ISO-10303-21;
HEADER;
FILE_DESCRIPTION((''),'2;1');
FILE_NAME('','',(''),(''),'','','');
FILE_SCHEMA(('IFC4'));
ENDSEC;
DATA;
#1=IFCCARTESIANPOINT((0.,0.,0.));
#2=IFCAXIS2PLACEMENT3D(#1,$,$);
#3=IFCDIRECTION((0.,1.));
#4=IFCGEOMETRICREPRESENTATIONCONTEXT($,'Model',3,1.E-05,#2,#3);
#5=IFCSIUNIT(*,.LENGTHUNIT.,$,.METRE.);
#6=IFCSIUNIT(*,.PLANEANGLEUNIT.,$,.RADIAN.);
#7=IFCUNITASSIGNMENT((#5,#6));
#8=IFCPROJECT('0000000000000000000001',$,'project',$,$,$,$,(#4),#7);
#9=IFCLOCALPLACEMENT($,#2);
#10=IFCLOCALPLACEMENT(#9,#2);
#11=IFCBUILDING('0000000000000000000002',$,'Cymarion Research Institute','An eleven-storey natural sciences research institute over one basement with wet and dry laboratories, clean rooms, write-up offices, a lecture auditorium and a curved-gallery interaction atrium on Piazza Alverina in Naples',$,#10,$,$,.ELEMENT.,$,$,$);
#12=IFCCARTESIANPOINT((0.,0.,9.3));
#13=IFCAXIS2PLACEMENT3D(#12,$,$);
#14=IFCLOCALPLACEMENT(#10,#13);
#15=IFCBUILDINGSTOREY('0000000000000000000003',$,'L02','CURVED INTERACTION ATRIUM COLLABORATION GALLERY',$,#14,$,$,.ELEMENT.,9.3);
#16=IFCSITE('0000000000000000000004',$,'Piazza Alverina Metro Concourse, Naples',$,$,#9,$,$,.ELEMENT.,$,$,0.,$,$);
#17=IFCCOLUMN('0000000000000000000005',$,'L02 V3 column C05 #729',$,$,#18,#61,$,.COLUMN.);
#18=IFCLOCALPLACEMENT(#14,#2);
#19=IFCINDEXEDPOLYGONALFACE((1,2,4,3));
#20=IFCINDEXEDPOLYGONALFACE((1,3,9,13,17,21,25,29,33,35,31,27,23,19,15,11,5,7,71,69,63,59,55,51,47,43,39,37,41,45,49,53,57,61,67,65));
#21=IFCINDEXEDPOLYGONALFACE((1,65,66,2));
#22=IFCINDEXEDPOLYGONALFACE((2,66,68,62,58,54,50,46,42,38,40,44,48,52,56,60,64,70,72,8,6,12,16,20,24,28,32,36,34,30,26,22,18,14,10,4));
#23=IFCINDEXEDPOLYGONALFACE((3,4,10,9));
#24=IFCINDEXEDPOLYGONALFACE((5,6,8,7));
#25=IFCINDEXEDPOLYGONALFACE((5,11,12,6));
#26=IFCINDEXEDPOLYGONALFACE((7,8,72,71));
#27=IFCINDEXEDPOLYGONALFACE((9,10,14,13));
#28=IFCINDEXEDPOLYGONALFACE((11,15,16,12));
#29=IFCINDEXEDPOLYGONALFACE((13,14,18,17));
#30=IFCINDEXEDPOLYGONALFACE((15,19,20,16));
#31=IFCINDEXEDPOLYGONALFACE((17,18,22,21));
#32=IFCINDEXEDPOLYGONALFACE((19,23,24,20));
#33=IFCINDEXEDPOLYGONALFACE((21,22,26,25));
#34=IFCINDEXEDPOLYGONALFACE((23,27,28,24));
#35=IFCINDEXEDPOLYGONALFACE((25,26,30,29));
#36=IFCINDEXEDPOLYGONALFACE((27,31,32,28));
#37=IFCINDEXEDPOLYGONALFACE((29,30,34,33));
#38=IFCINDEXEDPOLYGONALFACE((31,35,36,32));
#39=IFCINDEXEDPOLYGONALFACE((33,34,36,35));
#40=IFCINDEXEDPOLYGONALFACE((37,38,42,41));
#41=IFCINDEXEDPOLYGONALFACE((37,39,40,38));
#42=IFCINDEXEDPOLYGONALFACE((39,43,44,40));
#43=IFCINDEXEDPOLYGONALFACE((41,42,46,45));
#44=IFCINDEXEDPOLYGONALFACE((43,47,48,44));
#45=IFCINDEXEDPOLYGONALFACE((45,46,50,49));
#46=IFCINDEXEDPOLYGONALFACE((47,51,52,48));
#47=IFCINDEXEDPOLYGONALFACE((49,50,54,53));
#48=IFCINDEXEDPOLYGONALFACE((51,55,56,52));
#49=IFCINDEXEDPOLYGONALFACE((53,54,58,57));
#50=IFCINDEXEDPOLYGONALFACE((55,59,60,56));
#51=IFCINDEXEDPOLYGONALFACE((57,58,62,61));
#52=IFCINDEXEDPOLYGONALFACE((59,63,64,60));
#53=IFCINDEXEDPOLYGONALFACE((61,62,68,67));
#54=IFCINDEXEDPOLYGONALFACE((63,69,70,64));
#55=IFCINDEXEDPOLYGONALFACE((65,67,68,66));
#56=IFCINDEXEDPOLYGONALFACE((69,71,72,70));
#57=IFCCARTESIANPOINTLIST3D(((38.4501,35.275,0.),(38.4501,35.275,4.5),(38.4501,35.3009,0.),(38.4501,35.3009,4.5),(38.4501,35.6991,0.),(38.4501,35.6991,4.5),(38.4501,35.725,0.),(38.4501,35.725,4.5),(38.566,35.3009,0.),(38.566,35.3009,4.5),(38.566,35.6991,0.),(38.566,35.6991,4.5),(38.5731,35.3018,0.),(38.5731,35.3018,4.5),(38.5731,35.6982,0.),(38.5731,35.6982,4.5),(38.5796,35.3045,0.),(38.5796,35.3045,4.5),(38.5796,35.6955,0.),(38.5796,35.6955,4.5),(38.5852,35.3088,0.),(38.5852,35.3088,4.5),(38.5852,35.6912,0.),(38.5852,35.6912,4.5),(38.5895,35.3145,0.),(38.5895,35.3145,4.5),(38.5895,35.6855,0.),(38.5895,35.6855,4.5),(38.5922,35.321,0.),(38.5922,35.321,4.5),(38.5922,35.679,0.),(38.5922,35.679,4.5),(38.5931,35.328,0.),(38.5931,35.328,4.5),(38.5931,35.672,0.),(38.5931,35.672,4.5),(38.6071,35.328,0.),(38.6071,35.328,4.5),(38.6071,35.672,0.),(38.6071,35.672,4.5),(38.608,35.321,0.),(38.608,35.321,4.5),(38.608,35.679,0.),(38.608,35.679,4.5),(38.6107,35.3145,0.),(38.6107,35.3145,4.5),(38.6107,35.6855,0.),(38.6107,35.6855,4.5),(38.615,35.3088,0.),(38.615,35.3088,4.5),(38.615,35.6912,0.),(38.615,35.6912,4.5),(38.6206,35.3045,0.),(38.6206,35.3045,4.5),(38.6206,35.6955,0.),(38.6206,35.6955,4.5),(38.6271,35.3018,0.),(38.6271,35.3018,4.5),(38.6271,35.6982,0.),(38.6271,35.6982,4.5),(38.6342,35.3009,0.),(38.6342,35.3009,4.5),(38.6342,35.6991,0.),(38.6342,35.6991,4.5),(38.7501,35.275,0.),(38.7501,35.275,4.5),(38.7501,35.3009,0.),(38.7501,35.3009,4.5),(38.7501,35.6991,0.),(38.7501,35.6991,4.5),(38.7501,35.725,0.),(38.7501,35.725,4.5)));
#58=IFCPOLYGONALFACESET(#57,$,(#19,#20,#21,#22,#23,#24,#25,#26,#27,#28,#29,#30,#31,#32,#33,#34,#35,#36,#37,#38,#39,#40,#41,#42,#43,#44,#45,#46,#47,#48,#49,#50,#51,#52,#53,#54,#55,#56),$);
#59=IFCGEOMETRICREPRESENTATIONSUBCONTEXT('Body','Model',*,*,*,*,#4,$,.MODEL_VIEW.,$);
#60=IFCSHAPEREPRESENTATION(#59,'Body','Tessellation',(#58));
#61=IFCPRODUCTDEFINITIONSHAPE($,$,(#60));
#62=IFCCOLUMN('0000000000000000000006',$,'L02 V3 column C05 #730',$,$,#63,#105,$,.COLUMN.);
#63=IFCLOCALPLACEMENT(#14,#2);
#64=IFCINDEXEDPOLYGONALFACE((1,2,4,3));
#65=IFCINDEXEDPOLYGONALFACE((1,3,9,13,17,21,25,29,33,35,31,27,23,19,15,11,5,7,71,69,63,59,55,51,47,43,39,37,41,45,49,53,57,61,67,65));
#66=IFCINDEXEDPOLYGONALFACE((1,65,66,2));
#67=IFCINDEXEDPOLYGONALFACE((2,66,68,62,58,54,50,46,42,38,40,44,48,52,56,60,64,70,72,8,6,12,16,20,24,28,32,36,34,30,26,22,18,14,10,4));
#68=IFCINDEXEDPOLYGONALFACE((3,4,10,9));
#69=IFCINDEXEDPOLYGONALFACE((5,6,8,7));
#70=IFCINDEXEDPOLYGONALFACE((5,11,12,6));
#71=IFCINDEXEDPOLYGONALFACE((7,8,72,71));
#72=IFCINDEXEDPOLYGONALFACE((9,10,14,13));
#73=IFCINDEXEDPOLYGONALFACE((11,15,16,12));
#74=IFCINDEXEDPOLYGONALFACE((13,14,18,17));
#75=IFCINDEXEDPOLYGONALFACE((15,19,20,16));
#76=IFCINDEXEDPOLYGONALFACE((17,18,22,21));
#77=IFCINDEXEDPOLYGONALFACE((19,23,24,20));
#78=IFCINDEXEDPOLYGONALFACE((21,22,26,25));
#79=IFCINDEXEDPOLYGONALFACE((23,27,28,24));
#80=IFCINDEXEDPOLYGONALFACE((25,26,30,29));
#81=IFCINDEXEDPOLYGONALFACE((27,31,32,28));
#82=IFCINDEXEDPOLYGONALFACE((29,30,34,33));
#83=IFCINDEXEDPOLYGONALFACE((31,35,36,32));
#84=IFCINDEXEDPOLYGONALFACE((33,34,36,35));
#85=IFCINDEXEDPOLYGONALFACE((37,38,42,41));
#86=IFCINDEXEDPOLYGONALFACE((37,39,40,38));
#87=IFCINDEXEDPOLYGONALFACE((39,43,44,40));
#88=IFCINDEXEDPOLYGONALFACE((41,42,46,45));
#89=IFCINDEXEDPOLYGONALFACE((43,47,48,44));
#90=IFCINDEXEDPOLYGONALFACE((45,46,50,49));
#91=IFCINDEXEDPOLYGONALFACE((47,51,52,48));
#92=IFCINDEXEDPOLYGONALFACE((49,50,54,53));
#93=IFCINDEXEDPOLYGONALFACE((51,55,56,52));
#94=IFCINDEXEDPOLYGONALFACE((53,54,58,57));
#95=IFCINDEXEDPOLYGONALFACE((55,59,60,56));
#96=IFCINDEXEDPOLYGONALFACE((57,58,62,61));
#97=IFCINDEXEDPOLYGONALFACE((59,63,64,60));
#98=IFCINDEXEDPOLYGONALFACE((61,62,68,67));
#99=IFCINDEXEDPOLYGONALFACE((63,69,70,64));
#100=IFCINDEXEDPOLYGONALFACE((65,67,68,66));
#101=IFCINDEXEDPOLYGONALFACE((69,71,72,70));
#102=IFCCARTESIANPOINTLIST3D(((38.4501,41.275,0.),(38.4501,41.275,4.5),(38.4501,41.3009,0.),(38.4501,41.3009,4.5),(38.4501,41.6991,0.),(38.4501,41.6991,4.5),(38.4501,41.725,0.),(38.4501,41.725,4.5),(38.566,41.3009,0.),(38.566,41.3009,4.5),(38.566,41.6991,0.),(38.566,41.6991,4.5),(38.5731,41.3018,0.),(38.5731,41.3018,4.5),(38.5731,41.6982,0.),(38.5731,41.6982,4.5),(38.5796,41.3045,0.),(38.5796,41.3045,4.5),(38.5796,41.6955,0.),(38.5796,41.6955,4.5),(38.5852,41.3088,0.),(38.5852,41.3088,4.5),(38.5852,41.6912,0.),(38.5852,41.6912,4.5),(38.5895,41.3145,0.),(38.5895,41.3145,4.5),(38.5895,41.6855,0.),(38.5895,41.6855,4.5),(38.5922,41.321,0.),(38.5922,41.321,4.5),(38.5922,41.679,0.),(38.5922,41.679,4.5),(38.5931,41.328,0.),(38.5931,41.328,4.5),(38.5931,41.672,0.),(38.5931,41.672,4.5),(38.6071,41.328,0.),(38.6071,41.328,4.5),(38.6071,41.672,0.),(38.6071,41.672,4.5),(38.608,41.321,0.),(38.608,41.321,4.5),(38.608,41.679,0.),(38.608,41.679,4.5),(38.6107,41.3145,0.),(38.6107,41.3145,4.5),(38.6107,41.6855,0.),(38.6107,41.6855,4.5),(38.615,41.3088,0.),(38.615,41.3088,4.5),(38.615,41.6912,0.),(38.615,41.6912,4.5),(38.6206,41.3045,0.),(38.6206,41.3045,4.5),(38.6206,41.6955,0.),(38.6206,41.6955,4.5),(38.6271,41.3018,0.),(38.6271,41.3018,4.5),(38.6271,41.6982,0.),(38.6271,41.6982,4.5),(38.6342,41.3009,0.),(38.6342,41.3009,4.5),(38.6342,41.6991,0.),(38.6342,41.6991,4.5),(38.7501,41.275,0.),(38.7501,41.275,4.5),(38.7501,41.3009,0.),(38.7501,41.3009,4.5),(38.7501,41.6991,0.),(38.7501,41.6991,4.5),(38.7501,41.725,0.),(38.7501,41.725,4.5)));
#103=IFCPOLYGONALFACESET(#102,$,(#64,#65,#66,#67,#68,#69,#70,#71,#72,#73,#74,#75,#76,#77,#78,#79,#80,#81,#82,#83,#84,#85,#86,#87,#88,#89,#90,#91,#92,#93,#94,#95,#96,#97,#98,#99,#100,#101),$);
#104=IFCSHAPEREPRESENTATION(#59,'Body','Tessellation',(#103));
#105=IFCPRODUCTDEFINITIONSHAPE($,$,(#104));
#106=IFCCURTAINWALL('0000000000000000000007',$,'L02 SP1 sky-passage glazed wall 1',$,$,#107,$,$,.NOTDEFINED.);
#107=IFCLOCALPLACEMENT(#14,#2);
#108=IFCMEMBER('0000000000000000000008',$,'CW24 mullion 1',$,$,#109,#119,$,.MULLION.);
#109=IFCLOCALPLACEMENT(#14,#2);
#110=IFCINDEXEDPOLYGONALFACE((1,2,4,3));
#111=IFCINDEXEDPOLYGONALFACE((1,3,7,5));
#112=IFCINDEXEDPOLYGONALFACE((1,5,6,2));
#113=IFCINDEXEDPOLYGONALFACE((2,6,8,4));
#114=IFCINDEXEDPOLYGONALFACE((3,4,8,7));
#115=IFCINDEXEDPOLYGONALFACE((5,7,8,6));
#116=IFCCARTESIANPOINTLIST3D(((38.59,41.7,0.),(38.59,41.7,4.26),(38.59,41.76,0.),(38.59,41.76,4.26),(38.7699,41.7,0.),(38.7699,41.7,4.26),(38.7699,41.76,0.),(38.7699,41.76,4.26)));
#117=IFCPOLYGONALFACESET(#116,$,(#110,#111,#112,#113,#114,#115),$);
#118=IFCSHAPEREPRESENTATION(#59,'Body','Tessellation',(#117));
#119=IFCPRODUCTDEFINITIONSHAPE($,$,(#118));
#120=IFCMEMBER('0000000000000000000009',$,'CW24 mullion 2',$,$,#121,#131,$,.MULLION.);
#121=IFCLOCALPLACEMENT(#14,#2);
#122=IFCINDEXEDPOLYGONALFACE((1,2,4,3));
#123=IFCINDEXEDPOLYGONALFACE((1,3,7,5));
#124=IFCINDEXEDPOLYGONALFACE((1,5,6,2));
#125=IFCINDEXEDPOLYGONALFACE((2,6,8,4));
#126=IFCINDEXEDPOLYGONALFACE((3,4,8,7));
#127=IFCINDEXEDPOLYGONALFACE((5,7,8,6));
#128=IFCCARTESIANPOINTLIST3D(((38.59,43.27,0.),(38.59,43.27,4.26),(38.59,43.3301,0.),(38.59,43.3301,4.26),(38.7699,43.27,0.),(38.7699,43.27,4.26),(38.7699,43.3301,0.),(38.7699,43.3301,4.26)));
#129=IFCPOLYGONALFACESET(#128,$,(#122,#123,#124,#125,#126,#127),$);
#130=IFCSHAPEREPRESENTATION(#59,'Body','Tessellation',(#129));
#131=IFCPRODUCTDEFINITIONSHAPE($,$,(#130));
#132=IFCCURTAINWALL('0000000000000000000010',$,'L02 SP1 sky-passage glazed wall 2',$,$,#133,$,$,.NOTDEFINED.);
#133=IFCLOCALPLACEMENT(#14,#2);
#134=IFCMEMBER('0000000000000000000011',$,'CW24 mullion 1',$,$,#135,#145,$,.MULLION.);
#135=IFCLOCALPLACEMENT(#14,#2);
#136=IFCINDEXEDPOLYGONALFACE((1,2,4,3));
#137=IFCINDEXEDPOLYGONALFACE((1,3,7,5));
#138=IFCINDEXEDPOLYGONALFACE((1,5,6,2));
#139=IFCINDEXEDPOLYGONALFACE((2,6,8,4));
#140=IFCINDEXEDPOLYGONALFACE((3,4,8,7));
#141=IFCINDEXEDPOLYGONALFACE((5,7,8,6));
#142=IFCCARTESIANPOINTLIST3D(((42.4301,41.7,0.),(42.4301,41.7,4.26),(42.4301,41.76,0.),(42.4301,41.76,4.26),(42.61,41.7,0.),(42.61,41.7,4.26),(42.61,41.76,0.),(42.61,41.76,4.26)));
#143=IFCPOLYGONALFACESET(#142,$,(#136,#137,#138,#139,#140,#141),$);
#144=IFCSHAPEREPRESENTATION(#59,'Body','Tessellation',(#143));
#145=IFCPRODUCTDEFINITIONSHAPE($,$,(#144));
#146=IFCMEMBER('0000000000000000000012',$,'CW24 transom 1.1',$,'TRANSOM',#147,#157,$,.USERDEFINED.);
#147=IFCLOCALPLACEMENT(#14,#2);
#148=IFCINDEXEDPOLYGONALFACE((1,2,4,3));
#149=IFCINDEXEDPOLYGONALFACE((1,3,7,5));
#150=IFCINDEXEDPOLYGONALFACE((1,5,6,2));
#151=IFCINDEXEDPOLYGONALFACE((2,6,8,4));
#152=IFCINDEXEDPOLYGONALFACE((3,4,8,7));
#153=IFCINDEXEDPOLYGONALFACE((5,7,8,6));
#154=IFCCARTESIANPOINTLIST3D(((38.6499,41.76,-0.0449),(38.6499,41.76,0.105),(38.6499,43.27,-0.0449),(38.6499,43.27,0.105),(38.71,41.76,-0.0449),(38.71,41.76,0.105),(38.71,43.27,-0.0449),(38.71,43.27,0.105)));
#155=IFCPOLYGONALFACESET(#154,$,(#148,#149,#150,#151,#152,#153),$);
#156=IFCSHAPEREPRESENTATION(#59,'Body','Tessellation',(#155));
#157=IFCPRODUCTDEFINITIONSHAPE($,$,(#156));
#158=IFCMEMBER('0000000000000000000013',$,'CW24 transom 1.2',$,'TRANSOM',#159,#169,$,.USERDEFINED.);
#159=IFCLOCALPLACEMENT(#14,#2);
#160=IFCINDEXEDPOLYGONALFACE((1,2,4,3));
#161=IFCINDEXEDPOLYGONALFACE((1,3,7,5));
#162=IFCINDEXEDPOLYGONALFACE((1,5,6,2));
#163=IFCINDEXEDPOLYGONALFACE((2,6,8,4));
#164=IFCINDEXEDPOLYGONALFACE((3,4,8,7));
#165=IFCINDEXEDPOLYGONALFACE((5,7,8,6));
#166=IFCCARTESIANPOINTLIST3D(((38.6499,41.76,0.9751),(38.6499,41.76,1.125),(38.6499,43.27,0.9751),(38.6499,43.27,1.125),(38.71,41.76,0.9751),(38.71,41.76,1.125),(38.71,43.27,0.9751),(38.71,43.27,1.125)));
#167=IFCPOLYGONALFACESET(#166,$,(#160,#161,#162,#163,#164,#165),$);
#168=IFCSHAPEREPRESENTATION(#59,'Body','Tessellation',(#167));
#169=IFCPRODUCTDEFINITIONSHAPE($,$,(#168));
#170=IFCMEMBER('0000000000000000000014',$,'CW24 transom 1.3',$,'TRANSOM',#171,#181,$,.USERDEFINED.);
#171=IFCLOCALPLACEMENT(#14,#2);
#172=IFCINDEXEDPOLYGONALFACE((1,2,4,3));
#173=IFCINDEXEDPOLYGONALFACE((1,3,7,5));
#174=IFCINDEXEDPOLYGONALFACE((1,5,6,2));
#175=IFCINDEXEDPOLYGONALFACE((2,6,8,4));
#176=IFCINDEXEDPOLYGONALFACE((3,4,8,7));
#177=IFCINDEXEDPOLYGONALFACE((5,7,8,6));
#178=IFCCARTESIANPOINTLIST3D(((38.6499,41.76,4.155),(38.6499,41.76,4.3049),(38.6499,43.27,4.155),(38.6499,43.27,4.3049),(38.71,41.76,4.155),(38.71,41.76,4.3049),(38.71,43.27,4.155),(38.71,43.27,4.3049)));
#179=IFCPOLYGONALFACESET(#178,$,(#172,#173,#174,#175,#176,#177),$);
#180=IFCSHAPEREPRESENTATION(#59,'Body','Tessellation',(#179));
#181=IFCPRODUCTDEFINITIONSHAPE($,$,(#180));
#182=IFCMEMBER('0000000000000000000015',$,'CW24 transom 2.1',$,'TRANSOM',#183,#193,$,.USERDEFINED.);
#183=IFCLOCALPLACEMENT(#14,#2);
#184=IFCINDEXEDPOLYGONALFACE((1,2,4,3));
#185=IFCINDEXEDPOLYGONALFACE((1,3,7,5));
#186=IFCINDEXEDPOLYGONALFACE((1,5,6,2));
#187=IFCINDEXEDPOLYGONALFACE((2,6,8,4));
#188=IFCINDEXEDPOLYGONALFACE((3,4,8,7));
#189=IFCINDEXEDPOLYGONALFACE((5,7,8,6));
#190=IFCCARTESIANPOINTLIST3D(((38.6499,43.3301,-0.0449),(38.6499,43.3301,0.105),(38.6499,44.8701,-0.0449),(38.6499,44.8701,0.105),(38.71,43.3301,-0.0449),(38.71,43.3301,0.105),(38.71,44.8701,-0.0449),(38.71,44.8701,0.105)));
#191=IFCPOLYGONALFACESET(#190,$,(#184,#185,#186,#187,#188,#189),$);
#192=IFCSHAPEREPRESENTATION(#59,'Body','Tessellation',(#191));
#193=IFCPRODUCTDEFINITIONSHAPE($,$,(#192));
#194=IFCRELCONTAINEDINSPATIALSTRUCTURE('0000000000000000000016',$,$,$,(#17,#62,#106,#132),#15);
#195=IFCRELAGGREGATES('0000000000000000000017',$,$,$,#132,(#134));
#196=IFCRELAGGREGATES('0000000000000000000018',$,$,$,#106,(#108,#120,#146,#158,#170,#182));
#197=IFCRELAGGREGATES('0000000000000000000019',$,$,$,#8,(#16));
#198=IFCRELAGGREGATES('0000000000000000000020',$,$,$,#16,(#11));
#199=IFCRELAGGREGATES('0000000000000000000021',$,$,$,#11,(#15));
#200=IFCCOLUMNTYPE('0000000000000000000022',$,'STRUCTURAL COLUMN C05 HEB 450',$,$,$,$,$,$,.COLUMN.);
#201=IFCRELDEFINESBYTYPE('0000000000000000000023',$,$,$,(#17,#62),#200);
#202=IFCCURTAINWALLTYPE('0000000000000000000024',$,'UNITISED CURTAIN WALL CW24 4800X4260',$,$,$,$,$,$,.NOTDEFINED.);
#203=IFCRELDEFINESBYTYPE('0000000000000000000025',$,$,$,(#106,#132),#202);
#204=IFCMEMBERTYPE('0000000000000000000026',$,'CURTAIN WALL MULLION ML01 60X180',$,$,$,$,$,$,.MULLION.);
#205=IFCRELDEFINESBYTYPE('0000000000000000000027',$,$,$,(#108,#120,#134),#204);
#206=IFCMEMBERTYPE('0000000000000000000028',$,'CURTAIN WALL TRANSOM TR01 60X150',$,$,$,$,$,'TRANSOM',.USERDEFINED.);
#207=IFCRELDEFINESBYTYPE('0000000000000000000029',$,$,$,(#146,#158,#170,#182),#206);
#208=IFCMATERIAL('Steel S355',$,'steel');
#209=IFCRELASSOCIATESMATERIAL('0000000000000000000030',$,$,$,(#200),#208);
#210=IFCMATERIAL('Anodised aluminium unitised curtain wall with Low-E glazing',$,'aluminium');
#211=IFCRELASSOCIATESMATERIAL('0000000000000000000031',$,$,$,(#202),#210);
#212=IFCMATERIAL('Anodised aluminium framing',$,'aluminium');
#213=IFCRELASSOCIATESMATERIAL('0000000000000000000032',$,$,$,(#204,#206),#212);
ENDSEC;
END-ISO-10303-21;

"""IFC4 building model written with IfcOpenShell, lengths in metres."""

from ifc_helpers import new_model, si_unit, direction, frame, origin, origin_2d, place, context, subcontext, project, spatial, rectangle, i_section, extrude, material, material_profile, profile_set, type_object, element, aggregate, save


model = new_model("IFC4")

# Units and contexts
model_context = context("Model", 3, precision=1e-05, world=origin(), true_north=direction((0.0, 1.0)))
body_context = subcontext(model_context, "Body", "Model", "MODEL_VIEW")
ifc_project = project(units=[si_unit("LENGTHUNIT", "METRE"), si_unit("PLANEANGLEUNIT", "RADIAN")], contexts=[model_context])

# Site, building, storey
site_placement = place(None, origin())
site = spatial("IfcSite", under=ifc_project, at=site_placement, Name="Piazza Alverina Metro Concourse, Naples", CompositionType="ELEMENT", RefElevation=0.0)
building_placement = place(site_placement, origin())
building = spatial("IfcBuilding", under=site, at=building_placement, Name="Cymarion Research Institute", Description="An eleven-storey natural sciences research institute over one basement with wet and dry laboratories, clean rooms, write-up offices, a lecture auditorium and a curved-gallery interaction atrium on Piazza Alverina in Naples", CompositionType="ELEMENT")
storey_placement = place(building_placement, frame((0.0, 0.0, 9.3)))
storey = spatial("IfcBuildingStorey", under=building, at=storey_placement, Name="L02", Description="CURVED INTERACTION ATRIUM COLLABORATION GALLERY", CompositionType="ELEMENT", Elevation=9.3)

# Columns
ifc_material_1 = material(Name="Steel S355", Category="steel")
ifc_material_profile_1 = material_profile(ifc_material_1, i_section(OverallWidth=0.3, OverallDepth=0.45, WebThickness=0.0139, FlangeThickness=0.0259, FilletRadius=0.0271, at=origin_2d()), Name="HEB 450")
ifc_profile_set_1 = profile_set([ifc_material_profile_1], Name="Steel S355")
column_type = type_object("IfcColumnType", Name="STRUCTURAL COLUMN C05 HEB 450", PredefinedType="COLUMN", material=ifc_profile_set_1)
for number, where, z_axis, x_axis, name in (
    (1, (38.6001, 35.5, 0.0), (0.0, 0.0, 1.0), (1.0, 0.0, 0.0), "L02 V3 column C05 #729"),
    (2, (38.6001, 41.5, 0.0), (0.0, 0.0, 1.0), (1.0, 0.0, 0.0), "L02 V3 column C05 #730"),
):
    element("IfcColumn", number, at=place(storey_placement, frame(where, z_axis=z_axis, x_axis=x_axis)), inside=storey, type_object=column_type, Name=name, PredefinedType="COLUMN", context=body_context, shape_type="SweptSolid", body=[
        extrude(i_section(OverallWidth=0.3, OverallDepth=0.45, WebThickness=0.0139, FlangeThickness=0.0259, FilletRadius=0.0271, at=origin_2d()), origin(), (0.0, 0.0, 1.0), 4.5),
    ])

# Curtain wall, members
ifc_material_2 = material(Name="Anodised aluminium unitised curtain wall with Low-E glazing", Category="aluminium")
curtain_wall_type = type_object("IfcCurtainWallType", Name="UNITISED CURTAIN WALL CW24 4800X4260", PredefinedType="NOTDEFINED", material=ifc_material_2)
curtain_wall_1_placement = place(storey_placement, origin())
curtain_wall_1 = element("IfcCurtainWall", 3, at=curtain_wall_1_placement, inside=storey, type_object=curtain_wall_type, Name="L02 SP1 sky-passage glazed wall 1", PredefinedType="NOTDEFINED")
ifc_material_3 = material(Name="Anodised aluminium framing", Category="aluminium")
ifc_material_profile_2 = material_profile(ifc_material_3, rectangle(XDim=0.0601, YDim=0.1799, at=origin_2d()), Name="ALU MULLION 60x180")
ifc_profile_set_2 = profile_set([ifc_material_profile_2], Name="Anodised aluminium framing")
member_type_1 = type_object("IfcMemberType", Name="CURTAIN WALL MULLION ML01 60X180", PredefinedType="MULLION", material=ifc_profile_set_2)
member_1_placement = place(storey_placement, frame((38.6799, 41.73, 0.0), z_axis=(0.0, 0.0, 1.0), x_axis=(0.0, 1.0, 0.0)))
member_1 = element("IfcMember", 4, at=member_1_placement, type_object=member_type_1, Name="CW24 mullion 1", PredefinedType="MULLION", context=body_context, shape_type="SweptSolid", body=[
    extrude(rectangle(XDim=0.0601, YDim=0.1799, at=origin_2d()), origin(), (0.0, 0.0, 1.0), 4.26),
])
member_2_placement = place(storey_placement, frame((38.6799, 43.3, 0.0), z_axis=(0.0, 0.0, 1.0), x_axis=(0.0, 1.0, 0.0)))
member_2 = element("IfcMember", 5, at=member_2_placement, type_object=member_type_1, Name="CW24 mullion 2", PredefinedType="MULLION", context=body_context, shape_type="SweptSolid", body=[
    extrude(rectangle(XDim=0.0601, YDim=0.1799, at=origin_2d()), origin(), (0.0, 0.0, 1.0), 4.26),
])

# Curtain wall, member
curtain_wall_2_placement = place(storey_placement, origin())
curtain_wall_2 = element("IfcCurtainWall", 6, at=curtain_wall_2_placement, inside=storey, type_object=curtain_wall_type, Name="L02 SP1 sky-passage glazed wall 2", PredefinedType="NOTDEFINED")
member_3_placement = place(storey_placement, frame((42.52, 41.73, 0.0), z_axis=(0.0, 0.0, 1.0), x_axis=(0.0, 1.0, 0.0)))
member_3 = element("IfcMember", 7, at=member_3_placement, type_object=member_type_1, Name="CW24 mullion 1", PredefinedType="MULLION", context=body_context, shape_type="SweptSolid", body=[
    extrude(rectangle(XDim=0.0601, YDim=0.1799, at=origin_2d()), origin(), (0.0, 0.0, 1.0), 4.26),
])

# Members
ifc_material_profile_3 = material_profile(ifc_material_3, rectangle(XDim=0.0601, YDim=0.1499, at=origin_2d()), Name="ALU TRANSOM 60x150")
ifc_profile_set_3 = profile_set([ifc_material_profile_3], Name="Anodised aluminium framing")
member_type_2 = type_object("IfcMemberType", Name="CURTAIN WALL TRANSOM TR01 60X150", ElementType="TRANSOM", PredefinedType="USERDEFINED", material=ifc_profile_set_3)
member_4_placement = place(storey_placement, frame((38.6799, 41.76, 0.03), z_axis=(0.0, 1.0, 0.0), x_axis=(-1.0, 0.0, 0.0)))
member_4 = element("IfcMember", 8, at=member_4_placement, type_object=member_type_2, Name="CW24 transom 1.1", ObjectType="TRANSOM", PredefinedType="USERDEFINED", context=body_context, shape_type="SweptSolid", body=[
    extrude(rectangle(XDim=0.0601, YDim=0.1499, at=origin_2d()), origin(), (0.0, 0.0, 1.0), 1.51),
])
member_5_placement = place(storey_placement, frame((38.6799, 41.76, 1.05), z_axis=(0.0, 1.0, 0.0), x_axis=(-1.0, 0.0, 0.0)))
member_5 = element("IfcMember", 9, at=member_5_placement, type_object=member_type_2, Name="CW24 transom 1.2", ObjectType="TRANSOM", PredefinedType="USERDEFINED", context=body_context, shape_type="SweptSolid", body=[
    extrude(rectangle(XDim=0.0601, YDim=0.1499, at=origin_2d()), origin(), (0.0, 0.0, 1.0), 1.51),
])
member_6_placement = place(storey_placement, frame((38.6799, 41.76, 4.23), z_axis=(0.0, 1.0, 0.0), x_axis=(-1.0, 0.0, 0.0)))
member_6 = element("IfcMember", 10, at=member_6_placement, type_object=member_type_2, Name="CW24 transom 1.3", ObjectType="TRANSOM", PredefinedType="USERDEFINED", context=body_context, shape_type="SweptSolid", body=[
    extrude(rectangle(XDim=0.0601, YDim=0.1499, at=origin_2d()), origin(), (0.0, 0.0, 1.0), 1.51),
])
member_7_placement = place(storey_placement, frame((38.6799, 43.3301, 0.03), z_axis=(0.0, 1.0, 0.0), x_axis=(-1.0, 0.0, 0.0)))
member_7 = element("IfcMember", 11, at=member_7_placement, type_object=member_type_2, Name="CW24 transom 2.1", ObjectType="TRANSOM", PredefinedType="USERDEFINED", context=body_context, shape_type="SweptSolid", body=[
    extrude(rectangle(XDim=0.0601, YDim=0.1499, at=origin_2d()), origin(), (0.0, 0.0, 1.0), 1.54),
])
aggregate(curtain_wall_2, [member_3])

aggregate(curtain_wall_1, [member_1, member_2, member_4, member_5, member_6, member_7])

save(model, "model.ifc")
